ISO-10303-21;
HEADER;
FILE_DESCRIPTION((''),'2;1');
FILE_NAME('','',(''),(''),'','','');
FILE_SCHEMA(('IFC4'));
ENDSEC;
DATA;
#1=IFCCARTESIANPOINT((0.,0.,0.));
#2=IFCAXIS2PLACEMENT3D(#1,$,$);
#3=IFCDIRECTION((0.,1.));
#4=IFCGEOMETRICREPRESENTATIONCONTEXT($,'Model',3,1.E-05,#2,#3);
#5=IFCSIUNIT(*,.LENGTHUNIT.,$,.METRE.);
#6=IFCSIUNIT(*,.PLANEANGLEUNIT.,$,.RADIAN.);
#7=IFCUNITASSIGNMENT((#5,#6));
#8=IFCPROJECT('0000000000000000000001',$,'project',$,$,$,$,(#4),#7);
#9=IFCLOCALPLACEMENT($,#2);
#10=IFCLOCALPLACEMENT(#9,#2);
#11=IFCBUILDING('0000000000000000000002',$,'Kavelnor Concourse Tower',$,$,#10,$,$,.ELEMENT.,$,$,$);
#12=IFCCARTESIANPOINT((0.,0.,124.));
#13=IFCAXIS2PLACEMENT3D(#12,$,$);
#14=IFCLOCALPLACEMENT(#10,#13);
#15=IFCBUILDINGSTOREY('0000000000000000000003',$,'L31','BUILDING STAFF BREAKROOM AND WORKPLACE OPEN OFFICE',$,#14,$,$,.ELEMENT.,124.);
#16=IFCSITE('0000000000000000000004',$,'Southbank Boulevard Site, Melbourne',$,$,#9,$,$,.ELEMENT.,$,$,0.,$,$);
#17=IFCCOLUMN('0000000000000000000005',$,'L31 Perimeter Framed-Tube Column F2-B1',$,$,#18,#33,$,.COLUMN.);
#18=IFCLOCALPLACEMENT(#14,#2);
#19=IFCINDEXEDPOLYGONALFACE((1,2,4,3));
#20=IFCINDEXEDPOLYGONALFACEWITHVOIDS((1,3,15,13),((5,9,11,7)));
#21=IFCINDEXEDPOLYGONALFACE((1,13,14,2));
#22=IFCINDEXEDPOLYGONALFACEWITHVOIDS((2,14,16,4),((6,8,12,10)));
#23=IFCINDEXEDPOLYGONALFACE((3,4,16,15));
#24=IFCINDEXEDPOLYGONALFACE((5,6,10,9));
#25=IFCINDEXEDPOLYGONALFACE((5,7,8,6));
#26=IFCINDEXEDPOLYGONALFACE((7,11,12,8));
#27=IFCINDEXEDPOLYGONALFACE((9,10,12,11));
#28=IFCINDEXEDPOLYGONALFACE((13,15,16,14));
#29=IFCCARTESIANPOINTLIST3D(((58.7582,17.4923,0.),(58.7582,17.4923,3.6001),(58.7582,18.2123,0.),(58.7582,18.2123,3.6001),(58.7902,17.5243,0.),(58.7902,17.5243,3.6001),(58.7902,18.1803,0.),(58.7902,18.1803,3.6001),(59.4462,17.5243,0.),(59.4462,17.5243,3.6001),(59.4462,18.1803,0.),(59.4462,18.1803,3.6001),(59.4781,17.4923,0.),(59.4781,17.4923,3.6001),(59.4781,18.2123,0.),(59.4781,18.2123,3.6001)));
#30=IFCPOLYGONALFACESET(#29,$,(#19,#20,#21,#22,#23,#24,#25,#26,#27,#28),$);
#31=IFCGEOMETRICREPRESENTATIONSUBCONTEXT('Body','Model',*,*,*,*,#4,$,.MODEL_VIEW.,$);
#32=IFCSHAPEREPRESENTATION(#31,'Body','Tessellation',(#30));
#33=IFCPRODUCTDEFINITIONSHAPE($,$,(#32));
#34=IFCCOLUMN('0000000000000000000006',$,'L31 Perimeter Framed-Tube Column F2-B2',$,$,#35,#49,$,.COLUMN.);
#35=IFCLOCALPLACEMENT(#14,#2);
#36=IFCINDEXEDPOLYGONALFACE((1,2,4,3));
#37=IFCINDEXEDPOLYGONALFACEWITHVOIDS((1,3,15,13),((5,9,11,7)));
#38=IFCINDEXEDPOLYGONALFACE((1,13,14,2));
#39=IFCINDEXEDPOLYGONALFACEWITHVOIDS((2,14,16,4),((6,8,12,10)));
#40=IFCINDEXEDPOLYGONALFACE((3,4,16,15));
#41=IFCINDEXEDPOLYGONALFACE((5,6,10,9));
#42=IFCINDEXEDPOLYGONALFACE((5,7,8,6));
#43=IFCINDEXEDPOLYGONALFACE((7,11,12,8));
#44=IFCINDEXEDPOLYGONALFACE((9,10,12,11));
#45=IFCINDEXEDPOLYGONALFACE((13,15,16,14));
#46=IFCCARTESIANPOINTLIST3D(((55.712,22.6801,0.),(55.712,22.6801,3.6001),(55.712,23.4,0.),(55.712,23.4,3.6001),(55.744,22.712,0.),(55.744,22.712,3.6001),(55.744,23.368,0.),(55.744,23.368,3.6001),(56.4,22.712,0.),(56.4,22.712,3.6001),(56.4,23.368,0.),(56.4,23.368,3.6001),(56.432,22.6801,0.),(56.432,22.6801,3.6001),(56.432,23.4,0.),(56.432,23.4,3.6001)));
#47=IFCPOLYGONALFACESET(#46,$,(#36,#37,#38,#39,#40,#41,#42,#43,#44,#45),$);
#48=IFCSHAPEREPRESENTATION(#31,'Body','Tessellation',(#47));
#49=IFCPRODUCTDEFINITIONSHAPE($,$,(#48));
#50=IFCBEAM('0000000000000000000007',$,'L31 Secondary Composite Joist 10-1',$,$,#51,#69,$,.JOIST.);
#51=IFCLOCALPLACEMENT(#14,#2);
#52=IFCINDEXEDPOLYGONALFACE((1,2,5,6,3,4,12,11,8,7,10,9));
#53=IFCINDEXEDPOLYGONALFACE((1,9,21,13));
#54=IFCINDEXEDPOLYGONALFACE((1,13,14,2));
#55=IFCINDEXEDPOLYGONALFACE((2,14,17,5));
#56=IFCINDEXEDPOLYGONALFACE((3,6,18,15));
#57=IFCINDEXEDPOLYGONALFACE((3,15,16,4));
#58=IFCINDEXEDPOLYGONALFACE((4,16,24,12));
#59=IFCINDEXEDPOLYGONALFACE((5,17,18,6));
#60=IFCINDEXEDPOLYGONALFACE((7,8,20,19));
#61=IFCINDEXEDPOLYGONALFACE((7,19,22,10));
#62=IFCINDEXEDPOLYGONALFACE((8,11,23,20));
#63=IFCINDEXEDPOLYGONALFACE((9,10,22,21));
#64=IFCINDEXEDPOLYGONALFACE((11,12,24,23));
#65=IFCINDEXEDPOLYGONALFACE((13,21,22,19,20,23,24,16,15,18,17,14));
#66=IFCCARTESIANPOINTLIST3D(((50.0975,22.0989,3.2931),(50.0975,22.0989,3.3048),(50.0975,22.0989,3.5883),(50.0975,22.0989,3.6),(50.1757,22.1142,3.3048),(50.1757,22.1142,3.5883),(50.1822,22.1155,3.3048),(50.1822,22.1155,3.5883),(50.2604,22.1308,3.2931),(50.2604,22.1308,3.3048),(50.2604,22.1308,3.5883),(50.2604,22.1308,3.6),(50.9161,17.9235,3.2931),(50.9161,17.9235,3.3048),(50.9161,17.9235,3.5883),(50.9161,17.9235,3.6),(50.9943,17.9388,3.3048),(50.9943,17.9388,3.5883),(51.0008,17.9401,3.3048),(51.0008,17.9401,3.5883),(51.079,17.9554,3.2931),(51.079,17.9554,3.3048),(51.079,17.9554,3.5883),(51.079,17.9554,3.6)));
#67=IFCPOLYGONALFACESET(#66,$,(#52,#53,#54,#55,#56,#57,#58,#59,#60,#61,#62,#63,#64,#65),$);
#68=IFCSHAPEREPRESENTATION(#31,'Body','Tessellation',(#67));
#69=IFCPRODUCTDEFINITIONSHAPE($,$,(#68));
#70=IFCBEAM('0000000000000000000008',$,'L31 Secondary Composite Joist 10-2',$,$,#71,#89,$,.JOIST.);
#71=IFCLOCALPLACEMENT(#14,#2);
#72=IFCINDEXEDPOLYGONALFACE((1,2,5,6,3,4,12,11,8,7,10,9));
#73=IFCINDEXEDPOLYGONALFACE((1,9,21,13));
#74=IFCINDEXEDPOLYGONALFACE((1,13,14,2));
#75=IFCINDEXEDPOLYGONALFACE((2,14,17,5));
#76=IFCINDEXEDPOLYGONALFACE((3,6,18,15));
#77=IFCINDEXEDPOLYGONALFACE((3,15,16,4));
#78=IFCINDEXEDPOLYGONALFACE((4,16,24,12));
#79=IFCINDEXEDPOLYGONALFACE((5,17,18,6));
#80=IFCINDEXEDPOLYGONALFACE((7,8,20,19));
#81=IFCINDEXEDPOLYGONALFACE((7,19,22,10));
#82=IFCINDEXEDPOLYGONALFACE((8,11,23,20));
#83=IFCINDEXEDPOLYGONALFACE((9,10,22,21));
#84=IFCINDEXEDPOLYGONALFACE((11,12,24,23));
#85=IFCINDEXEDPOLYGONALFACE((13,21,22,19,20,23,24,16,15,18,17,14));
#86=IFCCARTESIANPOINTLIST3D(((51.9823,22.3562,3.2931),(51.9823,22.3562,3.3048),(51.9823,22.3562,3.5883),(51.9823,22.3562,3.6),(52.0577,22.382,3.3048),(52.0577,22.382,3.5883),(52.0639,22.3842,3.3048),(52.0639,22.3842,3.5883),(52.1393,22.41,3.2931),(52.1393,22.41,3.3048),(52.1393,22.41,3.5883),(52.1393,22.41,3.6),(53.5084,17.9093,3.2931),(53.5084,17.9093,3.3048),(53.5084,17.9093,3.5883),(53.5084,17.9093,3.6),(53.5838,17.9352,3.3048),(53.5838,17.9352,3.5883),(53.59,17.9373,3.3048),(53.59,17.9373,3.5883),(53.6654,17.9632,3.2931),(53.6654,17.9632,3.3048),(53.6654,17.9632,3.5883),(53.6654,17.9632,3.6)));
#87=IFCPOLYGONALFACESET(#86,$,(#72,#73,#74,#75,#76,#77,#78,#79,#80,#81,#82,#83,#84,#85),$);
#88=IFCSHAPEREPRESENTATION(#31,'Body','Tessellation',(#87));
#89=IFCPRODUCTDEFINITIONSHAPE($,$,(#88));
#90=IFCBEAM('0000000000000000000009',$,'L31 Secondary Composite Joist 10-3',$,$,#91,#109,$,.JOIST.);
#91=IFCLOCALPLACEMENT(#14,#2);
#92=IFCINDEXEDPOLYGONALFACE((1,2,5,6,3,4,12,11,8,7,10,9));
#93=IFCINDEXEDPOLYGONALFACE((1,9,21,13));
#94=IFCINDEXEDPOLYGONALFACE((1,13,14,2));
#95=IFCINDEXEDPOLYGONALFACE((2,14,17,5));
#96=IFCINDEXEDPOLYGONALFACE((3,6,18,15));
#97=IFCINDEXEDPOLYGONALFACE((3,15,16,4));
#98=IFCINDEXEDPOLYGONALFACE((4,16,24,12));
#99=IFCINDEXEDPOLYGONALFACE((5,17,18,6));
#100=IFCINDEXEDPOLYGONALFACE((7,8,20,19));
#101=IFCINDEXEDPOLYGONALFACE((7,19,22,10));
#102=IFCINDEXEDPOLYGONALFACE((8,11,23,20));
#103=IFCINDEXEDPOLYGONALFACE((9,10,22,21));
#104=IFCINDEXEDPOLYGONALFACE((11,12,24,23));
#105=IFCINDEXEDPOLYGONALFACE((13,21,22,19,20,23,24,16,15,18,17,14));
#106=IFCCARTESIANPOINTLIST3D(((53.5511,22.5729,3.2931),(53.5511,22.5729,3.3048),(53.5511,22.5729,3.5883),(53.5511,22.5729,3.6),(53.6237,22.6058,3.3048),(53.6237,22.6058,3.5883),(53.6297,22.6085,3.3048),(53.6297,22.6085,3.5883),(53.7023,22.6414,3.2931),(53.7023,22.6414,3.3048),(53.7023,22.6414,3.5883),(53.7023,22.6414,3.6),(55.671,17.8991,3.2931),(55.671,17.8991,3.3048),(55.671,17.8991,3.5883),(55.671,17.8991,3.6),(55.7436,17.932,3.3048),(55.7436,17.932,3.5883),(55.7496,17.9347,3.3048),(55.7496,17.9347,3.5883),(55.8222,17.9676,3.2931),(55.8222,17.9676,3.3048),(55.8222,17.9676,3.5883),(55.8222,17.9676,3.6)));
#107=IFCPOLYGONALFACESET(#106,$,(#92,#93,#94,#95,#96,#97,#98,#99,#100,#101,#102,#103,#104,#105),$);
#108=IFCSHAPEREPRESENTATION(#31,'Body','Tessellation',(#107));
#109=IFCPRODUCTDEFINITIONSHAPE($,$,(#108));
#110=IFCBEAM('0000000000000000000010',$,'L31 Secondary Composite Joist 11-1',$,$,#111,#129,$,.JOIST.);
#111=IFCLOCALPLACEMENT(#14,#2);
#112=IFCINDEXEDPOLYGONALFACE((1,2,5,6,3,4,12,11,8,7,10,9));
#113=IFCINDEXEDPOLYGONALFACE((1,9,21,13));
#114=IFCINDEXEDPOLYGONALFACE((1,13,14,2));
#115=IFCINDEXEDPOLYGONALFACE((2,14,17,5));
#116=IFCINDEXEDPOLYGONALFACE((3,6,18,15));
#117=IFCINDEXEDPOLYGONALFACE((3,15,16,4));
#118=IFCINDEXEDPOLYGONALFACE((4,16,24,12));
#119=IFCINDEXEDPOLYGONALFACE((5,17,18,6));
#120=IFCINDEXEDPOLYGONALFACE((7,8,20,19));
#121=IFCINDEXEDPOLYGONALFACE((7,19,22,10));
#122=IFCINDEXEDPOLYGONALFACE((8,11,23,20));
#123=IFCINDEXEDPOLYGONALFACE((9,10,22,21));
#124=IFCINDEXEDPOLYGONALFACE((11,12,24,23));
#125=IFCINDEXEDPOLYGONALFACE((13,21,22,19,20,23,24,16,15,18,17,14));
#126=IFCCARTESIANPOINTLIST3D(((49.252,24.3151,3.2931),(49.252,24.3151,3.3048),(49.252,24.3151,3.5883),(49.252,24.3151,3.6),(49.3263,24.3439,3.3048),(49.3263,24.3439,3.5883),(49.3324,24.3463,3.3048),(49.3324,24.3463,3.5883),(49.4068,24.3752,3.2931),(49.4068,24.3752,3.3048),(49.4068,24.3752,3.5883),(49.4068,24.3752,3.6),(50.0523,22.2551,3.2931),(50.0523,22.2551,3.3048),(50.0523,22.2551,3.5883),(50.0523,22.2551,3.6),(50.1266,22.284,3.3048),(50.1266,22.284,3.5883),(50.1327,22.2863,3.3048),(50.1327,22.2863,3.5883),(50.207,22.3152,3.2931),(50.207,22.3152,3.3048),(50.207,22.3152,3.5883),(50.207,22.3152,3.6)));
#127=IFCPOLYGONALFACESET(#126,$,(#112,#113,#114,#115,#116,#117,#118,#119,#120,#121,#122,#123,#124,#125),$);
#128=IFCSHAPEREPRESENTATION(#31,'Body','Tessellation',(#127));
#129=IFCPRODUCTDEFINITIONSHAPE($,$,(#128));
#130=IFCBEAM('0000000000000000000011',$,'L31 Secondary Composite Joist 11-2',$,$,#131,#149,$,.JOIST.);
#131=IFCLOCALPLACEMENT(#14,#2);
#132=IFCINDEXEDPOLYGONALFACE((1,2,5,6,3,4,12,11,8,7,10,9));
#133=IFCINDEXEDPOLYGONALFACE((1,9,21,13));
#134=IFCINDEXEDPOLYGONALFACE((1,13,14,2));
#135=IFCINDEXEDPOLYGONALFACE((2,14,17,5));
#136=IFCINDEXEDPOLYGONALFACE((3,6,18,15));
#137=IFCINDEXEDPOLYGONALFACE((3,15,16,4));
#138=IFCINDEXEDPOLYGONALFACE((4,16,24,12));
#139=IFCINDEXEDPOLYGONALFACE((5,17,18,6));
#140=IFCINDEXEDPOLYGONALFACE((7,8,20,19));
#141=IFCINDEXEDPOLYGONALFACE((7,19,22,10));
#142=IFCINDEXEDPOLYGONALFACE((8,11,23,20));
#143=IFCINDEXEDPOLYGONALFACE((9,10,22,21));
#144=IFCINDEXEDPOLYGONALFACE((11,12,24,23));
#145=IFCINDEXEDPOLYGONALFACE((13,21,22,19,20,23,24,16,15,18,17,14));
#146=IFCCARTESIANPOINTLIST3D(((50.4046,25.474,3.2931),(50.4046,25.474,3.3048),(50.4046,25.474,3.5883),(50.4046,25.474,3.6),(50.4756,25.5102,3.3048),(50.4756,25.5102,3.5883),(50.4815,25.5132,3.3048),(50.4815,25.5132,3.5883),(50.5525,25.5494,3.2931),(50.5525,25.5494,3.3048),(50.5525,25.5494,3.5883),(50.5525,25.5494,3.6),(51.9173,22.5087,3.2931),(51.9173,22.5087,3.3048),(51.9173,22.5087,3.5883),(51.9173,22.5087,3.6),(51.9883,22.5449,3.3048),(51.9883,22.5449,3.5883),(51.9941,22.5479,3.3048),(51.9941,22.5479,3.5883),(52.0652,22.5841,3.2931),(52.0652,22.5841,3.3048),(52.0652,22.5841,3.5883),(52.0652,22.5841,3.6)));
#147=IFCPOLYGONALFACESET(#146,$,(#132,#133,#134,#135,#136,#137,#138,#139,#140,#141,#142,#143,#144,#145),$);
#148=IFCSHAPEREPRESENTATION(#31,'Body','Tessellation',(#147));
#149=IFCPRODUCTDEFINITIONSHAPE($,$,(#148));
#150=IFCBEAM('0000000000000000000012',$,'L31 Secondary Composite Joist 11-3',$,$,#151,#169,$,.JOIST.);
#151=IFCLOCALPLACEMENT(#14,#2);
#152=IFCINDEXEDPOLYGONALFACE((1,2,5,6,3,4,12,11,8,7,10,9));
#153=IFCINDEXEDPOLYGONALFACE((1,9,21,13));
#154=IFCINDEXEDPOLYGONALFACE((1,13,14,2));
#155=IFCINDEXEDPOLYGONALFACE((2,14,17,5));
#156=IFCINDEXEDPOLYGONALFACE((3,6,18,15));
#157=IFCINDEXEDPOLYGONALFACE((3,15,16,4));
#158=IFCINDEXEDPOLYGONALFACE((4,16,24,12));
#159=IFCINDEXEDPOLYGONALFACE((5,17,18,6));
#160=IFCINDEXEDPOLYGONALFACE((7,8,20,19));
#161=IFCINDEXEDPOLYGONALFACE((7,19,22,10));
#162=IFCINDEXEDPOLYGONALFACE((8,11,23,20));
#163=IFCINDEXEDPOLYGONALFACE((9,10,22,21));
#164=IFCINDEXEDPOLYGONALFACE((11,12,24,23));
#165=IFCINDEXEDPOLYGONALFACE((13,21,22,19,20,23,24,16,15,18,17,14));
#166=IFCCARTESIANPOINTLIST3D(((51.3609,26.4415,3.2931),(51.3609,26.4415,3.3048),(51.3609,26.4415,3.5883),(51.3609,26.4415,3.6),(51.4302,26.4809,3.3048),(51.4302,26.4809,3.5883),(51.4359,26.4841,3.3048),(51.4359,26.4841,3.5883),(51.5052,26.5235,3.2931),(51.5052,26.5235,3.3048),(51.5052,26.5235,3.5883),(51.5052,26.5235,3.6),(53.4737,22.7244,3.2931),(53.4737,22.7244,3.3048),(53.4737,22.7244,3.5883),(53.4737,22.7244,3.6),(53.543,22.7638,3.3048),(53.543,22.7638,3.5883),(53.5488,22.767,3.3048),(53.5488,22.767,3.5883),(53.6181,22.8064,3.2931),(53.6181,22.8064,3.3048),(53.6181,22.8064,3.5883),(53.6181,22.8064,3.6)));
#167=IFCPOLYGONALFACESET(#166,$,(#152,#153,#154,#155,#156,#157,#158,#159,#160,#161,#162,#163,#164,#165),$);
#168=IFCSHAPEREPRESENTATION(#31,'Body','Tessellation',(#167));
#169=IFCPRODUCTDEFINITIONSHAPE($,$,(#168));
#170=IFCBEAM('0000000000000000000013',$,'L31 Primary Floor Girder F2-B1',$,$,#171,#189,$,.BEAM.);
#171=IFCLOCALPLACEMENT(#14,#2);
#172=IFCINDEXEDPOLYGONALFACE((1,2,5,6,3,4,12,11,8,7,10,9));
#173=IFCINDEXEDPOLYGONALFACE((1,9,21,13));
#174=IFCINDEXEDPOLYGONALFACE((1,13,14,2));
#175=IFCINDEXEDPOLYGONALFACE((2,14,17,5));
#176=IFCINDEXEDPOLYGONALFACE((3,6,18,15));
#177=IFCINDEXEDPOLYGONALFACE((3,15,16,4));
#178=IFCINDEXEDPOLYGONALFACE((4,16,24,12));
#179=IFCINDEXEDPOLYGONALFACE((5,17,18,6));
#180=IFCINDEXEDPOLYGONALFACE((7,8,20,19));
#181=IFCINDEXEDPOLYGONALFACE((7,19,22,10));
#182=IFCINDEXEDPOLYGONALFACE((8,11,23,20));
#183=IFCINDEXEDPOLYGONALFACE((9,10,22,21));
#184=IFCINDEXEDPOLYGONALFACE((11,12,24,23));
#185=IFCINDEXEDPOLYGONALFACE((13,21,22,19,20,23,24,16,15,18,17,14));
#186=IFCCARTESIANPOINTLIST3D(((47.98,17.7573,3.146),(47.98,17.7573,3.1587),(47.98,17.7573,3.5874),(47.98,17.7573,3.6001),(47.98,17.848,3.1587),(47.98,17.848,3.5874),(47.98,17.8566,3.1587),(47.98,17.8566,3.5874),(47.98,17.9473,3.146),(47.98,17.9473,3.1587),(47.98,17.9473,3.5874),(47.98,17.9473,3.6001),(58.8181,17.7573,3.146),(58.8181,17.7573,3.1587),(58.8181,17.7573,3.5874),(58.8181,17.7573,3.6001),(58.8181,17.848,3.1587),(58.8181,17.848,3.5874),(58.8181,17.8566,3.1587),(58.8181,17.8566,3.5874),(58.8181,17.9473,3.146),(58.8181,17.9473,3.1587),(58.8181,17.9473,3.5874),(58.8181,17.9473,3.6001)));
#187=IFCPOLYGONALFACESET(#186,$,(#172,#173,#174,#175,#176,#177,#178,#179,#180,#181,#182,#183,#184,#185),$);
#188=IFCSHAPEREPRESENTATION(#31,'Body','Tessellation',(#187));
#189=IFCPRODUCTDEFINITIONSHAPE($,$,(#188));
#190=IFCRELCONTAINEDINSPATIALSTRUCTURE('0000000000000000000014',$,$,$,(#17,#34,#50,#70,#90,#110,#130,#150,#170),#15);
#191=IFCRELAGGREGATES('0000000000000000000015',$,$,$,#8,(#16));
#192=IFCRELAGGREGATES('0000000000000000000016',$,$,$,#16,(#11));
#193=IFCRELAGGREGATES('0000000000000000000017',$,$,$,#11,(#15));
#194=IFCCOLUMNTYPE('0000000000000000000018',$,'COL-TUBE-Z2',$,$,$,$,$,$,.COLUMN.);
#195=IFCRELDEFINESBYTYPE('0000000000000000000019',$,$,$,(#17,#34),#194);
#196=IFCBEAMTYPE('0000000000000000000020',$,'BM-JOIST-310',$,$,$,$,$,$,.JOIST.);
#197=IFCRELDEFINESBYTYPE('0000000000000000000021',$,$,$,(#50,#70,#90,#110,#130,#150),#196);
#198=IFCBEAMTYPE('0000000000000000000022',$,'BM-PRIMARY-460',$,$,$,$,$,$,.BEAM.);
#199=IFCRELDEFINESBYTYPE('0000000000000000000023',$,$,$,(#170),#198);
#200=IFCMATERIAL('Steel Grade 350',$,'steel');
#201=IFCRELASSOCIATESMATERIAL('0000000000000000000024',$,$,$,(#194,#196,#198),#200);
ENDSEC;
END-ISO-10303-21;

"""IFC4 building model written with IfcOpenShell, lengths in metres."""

from ifc_helpers import new_model, si_unit, direction, frame, origin, origin_2d, place, context, subcontext, project, spatial, hollow_rectangle, i_section, extrude, material, material_profile, profile_set, type_object, element, save


model = new_model("IFC4")

# Units and contexts
model_context = context("Model", 3, precision=1e-05, world=origin(), true_north=direction((0.0, 1.0)))
body_context = subcontext(model_context, "Body", "Model", "MODEL_VIEW")
ifc_project = project(units=[si_unit("LENGTHUNIT", "METRE"), si_unit("PLANEANGLEUNIT", "RADIAN")], contexts=[model_context])

# Site, building, storey
site_placement = place(None, origin())
site = spatial("IfcSite", under=ifc_project, at=site_placement, Name="Southbank Boulevard Site, Melbourne", CompositionType="ELEMENT", RefElevation=0.0)
building_placement = place(site_placement, origin())
building = spatial("IfcBuilding", under=site, at=building_placement, Name="Kavelnor Concourse Tower", CompositionType="ELEMENT")
storey_placement = place(building_placement, frame((0.0, 0.0, 124.0)))
storey = spatial("IfcBuildingStorey", under=building, at=storey_placement, Name="L31", Description="BUILDING STAFF BREAKROOM AND WORKPLACE OPEN OFFICE", CompositionType="ELEMENT", Elevation=124.0)

# Columns
ifc_material_1 = material(Name="Steel Grade 350", Category="steel")
ifc_material_profile_1 = material_profile(ifc_material_1, hollow_rectangle(XDim=0.72, YDim=0.72, WallThickness=0.032, at=origin_2d()), Name="SHS 720x720x32")
ifc_profile_set_1 = profile_set([ifc_material_profile_1], Name="Steel Grade 350")
column_type = type_object("IfcColumnType", Name="COL-TUBE-Z2", PredefinedType="COLUMN", material=ifc_profile_set_1)
for number, where, z_axis, x_axis, name in (
    (1, (59.1182, 17.8523, 0.0), (0.0, 0.0, 1.0), (1.0, 0.0, 0.0), "L31 Perimeter Framed-Tube Column F2-B1"),
    (2, (56.072, 23.04, 0.0), (0.0, 0.0, 1.0), (1.0, 0.0, 0.0), "L31 Perimeter Framed-Tube Column F2-B2"),
):
    element("IfcColumn", number, at=place(storey_placement, frame(where, z_axis=z_axis, x_axis=x_axis)), inside=storey, type_object=column_type, Name=name, PredefinedType="COLUMN", context=body_context, shape_type="SweptSolid", body=[
        extrude(hollow_rectangle(XDim=0.72, YDim=0.72, WallThickness=0.032, at=origin_2d()), origin(), (0.0, 0.0, 1.0), 3.6001),
    ])

# Beams
ifc_material_profile_2 = material_profile(ifc_material_1, i_section(OverallWidth=0.166, OverallDepth=0.3069, WebThickness=0.0066, FlangeThickness=0.0117, at=origin_2d()), Name="310UB46")
ifc_profile_set_2 = profile_set([ifc_material_profile_2], Name="Steel Grade 350")
beam_type_1 = type_object("IfcBeamType", Name="BM-JOIST-310", PredefinedType="JOIST", material=ifc_profile_set_2)
beam_1_placement = place(storey_placement, frame((50.9976, 17.9395, 3.4465), z_axis=(-0.192396, 0.981317, 0.0), x_axis=(-0.981317, -0.192396, 0.0)))
element("IfcBeam", 3, at=beam_1_placement, inside=storey, type_object=beam_type_1, Name="L31 Secondary Composite Joist 10-1", PredefinedType="JOIST", context=body_context, shape_type="SweptSolid", body=[
    extrude(i_section(OverallWidth=0.166, OverallDepth=0.3069, WebThickness=0.0066, FlangeThickness=0.0117, at=origin_2d()), origin(), (0.0, 0.0, 1.0), 4.2549),
])
beam_2_placement = place(storey_placement, frame((53.5869, 17.9363, 3.4465), z_axis=(-0.324612, 0.945847, 0.0), x_axis=(-0.945847, -0.324612, 0.0)))
element("IfcBeam", 4, at=beam_2_placement, inside=storey, type_object=beam_type_1, Name="L31 Secondary Composite Joist 10-2", PredefinedType="JOIST", context=body_context, shape_type="SweptSolid", body=[
    extrude(i_section(OverallWidth=0.166, OverallDepth=0.3069, WebThickness=0.0066, FlangeThickness=0.0117, at=origin_2d()), origin(), (0.0, 0.0, 1.0), 4.7014),
])
beam_3_placement = place(storey_placement, frame((55.7466, 17.9333, 3.4465), z_axis=(-0.413061, 0.910703, 0.0), x_axis=(-0.910703, -0.413061, 0.0)))
element("IfcBeam", 5, at=beam_3_placement, inside=storey, type_object=beam_type_1, Name="L31 Secondary Composite Joist 10-3", PredefinedType="JOIST", context=body_context, shape_type="SweptSolid", body=[
    extrude(i_section(OverallWidth=0.166, OverallDepth=0.3069, WebThickness=0.0066, FlangeThickness=0.0117, at=origin_2d()), origin(), (0.0, 0.0, 1.0), 5.1321),
])
beam_4_placement = place(storey_placement, frame((50.1296, 22.2852, 3.4465), z_axis=(-0.362116, 0.932133, 0.0), x_axis=(-0.932133, -0.362116, 0.0)))
element("IfcBeam", 6, at=beam_4_placement, inside=storey, type_object=beam_type_1, Name="L31 Secondary Composite Joist 11-1", PredefinedType="JOIST", context=body_context, shape_type="SweptSolid", body=[
    extrude(i_section(OverallWidth=0.166, OverallDepth=0.3069, WebThickness=0.0066, FlangeThickness=0.0117, at=origin_2d()), origin(), (0.0, 0.0, 1.0), 2.21),
])
beam_5_placement = place(storey_placement, frame((51.9912, 22.5464, 3.4465), z_axis=(-0.454416, 0.89079, 0.0), x_axis=(-0.89079, -0.454416, 0.0)))
element("IfcBeam", 7, at=beam_5_placement, inside=storey, type_object=beam_type_1, Name="L31 Secondary Composite Joist 11-2", PredefinedType="JOIST", context=body_context, shape_type="SweptSolid", body=[
    extrude(i_section(OverallWidth=0.166, OverallDepth=0.3069, WebThickness=0.0066, FlangeThickness=0.0117, at=origin_2d()), origin(), (0.0, 0.0, 1.0), 3.3289),
])
beam_6_placement = place(storey_placement, frame((53.5459, 22.7654, 3.4465), z_axis=(-0.494158, 0.869372, 0.0), x_axis=(-0.869372, -0.494158, 0.0)))
element("IfcBeam", 8, at=beam_6_placement, inside=storey, type_object=beam_type_1, Name="L31 Secondary Composite Joist 11-3", PredefinedType="JOIST", context=body_context, shape_type="SweptSolid", body=[
    extrude(i_section(OverallWidth=0.166, OverallDepth=0.3069, WebThickness=0.0066, FlangeThickness=0.0117, at=origin_2d()), origin(), (0.0, 0.0, 1.0), 4.2756),
])
ifc_material_profile_3 = material_profile(ifc_material_1, i_section(OverallWidth=0.1899, OverallDepth=0.4541, WebThickness=0.0085, FlangeThickness=0.0127, at=origin_2d()), Name="460UB67")
ifc_profile_set_3 = profile_set([ifc_material_profile_3], Name="Steel Grade 350")
beam_type_2 = type_object("IfcBeamType", Name="BM-PRIMARY-460", PredefinedType="BEAM", material=ifc_profile_set_3)
beam_7_placement = place(storey_placement, frame((47.98, 17.8523, 3.373), z_axis=(1.0, 0.0, 0.0), x_axis=(0.0, 1.0, 0.0)))
element("IfcBeam", 9, at=beam_7_placement, inside=storey, type_object=beam_type_2, Name="L31 Primary Floor Girder F2-B1", PredefinedType="BEAM", context=body_context, shape_type="SweptSolid", body=[
    extrude(i_section(OverallWidth=0.1899, OverallDepth=0.4541, WebThickness=0.0085, FlangeThickness=0.0127, at=origin_2d()), origin(), (0.0, 0.0, 1.0), 10.8381),
])

save(model, "model.ifc")
